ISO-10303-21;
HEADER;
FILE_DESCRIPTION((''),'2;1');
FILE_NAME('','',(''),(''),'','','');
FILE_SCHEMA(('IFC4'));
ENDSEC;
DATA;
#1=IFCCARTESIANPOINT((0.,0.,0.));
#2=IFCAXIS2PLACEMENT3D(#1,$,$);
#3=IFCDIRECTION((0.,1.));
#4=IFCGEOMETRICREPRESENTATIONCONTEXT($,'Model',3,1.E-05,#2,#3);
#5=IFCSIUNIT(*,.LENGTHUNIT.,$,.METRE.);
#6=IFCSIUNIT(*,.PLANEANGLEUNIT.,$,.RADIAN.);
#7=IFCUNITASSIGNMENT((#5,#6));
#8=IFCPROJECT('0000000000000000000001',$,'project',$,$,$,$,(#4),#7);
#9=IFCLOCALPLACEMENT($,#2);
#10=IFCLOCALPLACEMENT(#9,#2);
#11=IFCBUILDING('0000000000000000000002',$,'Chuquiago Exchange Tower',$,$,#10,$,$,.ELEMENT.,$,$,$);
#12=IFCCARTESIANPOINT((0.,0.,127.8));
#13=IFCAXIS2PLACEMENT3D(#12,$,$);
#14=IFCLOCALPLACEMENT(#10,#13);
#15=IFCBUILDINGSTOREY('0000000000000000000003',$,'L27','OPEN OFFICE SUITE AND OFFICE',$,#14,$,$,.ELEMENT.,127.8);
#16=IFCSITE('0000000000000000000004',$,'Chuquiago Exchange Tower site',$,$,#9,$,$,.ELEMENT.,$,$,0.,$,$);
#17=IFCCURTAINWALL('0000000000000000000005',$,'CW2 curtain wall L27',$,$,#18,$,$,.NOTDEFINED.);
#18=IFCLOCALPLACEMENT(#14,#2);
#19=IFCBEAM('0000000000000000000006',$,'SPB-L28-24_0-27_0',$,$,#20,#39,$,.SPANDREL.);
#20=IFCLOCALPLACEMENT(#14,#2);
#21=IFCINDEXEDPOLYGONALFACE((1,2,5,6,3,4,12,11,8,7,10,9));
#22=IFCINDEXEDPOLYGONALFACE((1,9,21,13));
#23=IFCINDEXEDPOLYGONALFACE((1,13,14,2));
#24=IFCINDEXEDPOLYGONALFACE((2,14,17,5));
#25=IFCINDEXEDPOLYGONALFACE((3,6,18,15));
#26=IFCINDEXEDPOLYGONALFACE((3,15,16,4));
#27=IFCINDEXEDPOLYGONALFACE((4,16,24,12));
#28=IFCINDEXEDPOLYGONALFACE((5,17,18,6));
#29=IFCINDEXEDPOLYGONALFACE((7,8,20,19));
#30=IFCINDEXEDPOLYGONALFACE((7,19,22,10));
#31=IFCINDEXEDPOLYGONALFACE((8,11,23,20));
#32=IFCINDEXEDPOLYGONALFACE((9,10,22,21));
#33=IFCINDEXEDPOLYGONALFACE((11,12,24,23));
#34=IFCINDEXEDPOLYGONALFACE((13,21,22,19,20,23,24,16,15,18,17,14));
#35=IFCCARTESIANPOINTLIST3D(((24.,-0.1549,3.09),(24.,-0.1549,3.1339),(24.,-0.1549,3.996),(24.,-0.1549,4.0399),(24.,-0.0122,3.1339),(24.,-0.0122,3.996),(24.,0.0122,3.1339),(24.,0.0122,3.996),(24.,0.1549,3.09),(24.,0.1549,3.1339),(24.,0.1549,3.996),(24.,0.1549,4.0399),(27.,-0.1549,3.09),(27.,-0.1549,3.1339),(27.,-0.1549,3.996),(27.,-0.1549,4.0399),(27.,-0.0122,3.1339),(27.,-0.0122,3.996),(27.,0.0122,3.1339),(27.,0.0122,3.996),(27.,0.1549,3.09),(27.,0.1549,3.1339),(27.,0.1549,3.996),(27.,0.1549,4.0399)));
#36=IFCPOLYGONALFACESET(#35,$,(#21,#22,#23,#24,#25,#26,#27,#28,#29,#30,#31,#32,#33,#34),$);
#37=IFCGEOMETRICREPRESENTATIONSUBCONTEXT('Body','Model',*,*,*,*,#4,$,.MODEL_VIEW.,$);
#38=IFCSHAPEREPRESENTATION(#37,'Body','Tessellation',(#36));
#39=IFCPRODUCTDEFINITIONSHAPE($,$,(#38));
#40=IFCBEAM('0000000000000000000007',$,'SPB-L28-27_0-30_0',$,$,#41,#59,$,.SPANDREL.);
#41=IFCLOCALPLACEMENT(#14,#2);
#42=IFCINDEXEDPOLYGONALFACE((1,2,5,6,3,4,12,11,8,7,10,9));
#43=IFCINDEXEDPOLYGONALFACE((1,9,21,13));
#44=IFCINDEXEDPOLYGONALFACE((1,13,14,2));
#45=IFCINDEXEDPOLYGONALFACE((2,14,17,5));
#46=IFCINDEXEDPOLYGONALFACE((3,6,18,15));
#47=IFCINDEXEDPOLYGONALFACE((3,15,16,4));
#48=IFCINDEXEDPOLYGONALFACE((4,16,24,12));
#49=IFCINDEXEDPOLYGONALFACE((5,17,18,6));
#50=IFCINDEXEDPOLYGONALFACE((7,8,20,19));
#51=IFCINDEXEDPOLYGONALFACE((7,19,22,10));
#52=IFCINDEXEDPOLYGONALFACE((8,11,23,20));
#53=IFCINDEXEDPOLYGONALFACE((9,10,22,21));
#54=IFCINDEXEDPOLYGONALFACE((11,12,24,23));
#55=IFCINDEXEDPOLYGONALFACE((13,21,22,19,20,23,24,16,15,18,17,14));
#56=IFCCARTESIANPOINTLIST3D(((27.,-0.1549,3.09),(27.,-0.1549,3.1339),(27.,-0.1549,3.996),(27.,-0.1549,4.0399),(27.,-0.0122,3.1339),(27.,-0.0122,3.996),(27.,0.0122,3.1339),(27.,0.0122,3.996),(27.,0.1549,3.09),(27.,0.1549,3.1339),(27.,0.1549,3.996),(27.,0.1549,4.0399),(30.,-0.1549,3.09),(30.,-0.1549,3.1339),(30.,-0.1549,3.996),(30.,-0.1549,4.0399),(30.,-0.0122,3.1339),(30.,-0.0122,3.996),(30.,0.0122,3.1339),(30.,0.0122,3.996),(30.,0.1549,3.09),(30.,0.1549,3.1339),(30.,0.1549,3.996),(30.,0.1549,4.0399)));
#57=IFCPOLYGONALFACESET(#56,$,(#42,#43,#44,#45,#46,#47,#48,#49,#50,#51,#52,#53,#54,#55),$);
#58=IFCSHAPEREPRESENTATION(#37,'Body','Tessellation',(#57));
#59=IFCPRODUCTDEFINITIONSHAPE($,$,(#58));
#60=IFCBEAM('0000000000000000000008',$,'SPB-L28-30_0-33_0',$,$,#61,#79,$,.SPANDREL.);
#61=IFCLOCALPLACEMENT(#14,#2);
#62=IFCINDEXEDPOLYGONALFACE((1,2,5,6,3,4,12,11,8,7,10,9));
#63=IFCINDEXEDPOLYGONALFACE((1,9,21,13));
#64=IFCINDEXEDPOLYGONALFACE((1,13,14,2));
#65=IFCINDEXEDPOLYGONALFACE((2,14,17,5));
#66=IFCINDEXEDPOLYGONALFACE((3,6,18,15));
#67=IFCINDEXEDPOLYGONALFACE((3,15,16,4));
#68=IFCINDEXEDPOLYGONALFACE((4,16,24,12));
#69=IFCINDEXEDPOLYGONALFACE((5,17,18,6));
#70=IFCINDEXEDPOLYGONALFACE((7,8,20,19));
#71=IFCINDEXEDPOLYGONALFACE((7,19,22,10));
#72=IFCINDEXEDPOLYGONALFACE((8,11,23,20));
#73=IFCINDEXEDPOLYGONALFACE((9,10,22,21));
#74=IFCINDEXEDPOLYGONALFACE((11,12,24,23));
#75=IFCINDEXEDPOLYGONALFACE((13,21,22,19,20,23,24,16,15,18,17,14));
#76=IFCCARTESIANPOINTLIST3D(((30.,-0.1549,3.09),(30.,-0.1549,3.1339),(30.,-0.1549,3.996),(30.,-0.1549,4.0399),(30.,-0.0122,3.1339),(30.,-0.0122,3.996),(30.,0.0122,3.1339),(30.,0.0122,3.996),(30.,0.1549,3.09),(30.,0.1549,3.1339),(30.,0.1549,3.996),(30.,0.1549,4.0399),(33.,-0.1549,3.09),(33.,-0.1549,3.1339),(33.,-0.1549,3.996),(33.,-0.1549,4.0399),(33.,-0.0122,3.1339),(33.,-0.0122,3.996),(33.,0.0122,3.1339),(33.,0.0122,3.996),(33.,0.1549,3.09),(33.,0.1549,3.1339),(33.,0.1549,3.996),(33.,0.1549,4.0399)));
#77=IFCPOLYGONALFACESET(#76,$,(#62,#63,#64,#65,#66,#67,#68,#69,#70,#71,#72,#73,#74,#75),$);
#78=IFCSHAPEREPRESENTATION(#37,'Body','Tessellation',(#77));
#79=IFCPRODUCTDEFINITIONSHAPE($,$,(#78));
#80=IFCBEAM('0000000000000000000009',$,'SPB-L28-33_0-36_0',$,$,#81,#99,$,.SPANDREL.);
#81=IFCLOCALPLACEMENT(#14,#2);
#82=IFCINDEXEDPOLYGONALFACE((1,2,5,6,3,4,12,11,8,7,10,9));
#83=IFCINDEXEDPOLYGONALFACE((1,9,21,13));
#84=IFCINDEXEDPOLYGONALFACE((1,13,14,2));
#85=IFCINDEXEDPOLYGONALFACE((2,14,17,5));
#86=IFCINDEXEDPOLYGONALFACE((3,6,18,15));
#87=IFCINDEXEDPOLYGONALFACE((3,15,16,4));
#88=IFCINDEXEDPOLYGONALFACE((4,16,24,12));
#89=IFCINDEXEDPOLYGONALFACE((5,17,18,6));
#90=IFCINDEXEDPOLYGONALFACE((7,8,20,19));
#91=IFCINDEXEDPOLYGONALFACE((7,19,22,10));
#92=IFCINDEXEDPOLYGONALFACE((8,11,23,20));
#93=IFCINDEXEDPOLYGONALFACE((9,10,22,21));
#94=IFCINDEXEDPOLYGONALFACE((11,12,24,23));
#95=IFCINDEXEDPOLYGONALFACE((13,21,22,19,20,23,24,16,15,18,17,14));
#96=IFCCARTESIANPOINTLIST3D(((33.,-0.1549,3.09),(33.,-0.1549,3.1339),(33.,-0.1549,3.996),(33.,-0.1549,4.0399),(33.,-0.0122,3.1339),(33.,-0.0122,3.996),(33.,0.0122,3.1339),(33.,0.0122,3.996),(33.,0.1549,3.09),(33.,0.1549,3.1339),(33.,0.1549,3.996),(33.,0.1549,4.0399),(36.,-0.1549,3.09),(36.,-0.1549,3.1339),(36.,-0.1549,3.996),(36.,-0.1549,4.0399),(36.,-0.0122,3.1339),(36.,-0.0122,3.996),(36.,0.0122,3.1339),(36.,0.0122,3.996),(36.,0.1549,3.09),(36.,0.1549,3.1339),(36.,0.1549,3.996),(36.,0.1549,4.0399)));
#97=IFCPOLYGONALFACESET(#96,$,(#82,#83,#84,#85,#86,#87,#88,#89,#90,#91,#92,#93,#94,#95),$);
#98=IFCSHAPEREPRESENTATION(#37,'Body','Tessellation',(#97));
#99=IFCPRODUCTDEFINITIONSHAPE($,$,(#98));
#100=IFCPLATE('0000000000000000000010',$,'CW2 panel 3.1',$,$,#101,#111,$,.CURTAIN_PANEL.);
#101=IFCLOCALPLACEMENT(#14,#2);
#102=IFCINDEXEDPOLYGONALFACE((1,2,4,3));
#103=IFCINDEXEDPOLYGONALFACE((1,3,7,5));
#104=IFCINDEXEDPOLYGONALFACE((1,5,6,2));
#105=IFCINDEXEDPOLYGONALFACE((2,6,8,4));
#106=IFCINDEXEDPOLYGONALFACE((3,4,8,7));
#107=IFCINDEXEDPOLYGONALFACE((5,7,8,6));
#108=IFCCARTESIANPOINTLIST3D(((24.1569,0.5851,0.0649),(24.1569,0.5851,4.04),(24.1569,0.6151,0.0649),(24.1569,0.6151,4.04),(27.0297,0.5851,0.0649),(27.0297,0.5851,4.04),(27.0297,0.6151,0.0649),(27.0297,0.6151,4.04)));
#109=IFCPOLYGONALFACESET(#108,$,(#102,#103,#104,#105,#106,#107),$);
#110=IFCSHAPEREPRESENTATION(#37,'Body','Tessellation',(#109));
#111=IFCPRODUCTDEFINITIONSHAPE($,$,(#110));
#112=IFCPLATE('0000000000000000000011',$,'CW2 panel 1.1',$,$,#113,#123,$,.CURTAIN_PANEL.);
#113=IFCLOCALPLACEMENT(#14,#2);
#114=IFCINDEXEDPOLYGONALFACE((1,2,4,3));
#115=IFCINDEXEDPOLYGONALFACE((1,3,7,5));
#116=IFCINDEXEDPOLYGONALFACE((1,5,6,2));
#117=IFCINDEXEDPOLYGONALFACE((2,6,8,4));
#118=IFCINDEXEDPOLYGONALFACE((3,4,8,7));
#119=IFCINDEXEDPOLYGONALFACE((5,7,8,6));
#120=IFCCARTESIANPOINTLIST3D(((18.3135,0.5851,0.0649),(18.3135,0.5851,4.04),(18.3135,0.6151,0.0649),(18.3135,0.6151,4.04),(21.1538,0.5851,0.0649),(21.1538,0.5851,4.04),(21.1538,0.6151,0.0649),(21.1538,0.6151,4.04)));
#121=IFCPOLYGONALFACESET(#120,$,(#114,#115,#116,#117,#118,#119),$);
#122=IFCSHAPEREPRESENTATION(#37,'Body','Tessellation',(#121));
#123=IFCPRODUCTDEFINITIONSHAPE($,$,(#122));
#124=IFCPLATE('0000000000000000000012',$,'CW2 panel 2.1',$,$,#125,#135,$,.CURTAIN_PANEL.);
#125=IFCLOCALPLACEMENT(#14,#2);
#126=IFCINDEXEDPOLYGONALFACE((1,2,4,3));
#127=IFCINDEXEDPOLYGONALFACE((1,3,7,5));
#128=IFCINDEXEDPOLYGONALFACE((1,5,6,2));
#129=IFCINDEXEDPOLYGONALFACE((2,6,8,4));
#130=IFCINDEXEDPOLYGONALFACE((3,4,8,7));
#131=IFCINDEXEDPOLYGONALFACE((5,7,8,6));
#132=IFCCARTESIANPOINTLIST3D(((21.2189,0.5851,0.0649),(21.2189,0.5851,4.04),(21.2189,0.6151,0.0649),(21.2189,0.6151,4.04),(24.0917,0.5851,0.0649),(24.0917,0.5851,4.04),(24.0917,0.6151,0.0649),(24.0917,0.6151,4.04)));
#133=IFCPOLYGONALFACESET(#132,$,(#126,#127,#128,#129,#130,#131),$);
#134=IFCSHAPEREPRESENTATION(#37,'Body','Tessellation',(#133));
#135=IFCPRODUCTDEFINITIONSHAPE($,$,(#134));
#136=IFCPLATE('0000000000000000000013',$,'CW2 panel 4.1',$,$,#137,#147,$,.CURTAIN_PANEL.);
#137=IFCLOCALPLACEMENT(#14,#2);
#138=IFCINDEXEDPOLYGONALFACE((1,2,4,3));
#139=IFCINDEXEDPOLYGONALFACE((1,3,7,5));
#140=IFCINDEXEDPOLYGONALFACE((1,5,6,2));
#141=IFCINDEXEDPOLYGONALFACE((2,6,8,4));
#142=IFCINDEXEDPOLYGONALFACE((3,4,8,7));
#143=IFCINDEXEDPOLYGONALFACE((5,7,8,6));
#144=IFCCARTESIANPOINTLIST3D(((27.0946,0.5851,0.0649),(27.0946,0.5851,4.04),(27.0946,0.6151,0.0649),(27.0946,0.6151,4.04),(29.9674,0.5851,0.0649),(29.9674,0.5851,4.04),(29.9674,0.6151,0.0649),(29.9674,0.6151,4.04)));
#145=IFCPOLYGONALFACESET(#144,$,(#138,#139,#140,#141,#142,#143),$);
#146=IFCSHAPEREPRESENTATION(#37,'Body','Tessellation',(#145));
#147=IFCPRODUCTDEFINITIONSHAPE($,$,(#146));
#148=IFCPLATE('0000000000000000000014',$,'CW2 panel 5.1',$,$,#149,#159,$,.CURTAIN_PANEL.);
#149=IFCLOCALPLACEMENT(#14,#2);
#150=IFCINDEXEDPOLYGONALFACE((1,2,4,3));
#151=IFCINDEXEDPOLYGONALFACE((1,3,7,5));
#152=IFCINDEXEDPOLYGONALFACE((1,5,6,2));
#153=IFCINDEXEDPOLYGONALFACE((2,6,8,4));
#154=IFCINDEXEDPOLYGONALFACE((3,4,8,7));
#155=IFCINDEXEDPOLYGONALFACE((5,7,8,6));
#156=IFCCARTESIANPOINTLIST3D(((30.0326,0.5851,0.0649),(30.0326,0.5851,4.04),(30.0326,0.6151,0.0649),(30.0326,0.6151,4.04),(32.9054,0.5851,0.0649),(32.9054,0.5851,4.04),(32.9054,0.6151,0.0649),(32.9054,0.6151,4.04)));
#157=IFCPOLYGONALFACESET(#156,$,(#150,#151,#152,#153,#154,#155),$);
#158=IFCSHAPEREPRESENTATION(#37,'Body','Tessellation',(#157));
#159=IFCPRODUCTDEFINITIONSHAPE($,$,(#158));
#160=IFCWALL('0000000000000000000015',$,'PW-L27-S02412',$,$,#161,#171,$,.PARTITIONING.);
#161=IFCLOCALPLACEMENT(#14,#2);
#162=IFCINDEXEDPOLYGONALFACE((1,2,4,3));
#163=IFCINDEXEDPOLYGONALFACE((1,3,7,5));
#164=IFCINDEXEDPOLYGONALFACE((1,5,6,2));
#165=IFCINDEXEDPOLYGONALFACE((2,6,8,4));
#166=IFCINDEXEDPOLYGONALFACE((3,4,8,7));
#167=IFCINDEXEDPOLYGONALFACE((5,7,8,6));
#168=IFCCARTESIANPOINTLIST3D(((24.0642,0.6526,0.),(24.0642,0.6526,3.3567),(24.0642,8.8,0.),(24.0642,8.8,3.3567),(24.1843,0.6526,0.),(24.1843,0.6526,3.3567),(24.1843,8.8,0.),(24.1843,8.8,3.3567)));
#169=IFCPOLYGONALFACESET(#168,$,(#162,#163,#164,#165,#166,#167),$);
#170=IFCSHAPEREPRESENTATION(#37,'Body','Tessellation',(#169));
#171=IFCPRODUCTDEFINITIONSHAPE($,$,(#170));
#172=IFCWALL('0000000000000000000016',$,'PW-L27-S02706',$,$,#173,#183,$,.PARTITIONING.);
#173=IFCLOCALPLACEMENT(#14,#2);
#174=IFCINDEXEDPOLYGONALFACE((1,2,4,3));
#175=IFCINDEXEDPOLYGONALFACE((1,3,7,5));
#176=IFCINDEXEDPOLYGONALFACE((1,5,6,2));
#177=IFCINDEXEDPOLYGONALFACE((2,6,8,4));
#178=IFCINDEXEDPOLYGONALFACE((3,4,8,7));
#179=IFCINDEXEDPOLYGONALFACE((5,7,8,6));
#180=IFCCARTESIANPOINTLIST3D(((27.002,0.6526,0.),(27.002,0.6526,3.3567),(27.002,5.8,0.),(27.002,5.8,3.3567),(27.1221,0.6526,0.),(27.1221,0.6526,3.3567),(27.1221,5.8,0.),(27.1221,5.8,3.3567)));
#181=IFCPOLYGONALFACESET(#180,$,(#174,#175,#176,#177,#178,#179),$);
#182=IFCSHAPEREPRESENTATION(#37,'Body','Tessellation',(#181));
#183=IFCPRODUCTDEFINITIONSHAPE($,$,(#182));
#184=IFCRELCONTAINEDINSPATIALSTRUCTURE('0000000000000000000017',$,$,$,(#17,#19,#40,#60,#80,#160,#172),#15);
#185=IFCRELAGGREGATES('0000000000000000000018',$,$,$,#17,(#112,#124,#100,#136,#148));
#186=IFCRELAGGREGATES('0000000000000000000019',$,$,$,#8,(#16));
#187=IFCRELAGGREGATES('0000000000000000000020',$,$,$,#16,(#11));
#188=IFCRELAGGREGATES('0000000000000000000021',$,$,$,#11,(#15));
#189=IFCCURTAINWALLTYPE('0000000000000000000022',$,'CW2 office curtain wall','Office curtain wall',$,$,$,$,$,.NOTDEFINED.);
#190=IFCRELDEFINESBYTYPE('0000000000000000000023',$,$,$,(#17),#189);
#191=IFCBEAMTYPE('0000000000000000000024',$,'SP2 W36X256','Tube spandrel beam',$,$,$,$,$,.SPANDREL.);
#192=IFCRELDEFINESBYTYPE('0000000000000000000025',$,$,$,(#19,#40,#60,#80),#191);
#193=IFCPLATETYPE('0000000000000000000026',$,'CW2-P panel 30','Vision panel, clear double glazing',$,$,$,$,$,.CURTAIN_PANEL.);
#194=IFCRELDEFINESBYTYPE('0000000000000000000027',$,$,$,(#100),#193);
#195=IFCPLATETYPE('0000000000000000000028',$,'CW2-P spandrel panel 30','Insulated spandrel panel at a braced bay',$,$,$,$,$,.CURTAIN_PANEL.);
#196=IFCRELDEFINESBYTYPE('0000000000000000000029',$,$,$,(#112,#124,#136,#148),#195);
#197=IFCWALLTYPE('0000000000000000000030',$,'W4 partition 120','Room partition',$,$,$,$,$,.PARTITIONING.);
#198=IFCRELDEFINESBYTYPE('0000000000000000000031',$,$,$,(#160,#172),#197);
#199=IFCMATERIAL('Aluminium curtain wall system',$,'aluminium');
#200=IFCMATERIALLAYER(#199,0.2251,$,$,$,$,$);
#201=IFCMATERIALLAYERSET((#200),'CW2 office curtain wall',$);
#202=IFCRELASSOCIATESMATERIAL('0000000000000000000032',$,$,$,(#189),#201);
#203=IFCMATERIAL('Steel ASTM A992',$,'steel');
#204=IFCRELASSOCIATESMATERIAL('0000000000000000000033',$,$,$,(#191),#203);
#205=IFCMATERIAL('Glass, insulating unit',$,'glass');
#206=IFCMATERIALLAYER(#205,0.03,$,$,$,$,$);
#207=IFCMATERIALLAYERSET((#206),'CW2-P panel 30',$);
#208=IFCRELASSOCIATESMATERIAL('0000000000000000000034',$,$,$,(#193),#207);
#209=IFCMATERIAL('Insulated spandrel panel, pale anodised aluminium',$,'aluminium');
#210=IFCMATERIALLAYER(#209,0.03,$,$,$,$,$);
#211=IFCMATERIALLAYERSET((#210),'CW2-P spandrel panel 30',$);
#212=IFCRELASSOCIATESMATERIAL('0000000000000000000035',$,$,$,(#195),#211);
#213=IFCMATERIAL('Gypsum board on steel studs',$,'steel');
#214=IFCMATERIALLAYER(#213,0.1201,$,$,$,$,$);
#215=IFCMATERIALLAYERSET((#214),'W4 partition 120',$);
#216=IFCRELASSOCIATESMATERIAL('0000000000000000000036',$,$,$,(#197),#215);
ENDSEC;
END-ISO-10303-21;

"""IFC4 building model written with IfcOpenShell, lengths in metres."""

from ifc_helpers import new_model, si_unit, direction, frame, frame_2d, origin, origin_2d, place, context, subcontext, project, spatial, rectangle, i_section, extrude, material, layer, layer_set, material_profile, profile_set, type_object, element, aggregate, save


model = new_model("IFC4")

# Units and contexts
model_context = context("Model", 3, precision=1e-05, world=origin(), true_north=direction((0.0, 1.0)))
body_context = subcontext(model_context, "Body", "Model", "MODEL_VIEW")
ifc_project = project(units=[si_unit("LENGTHUNIT", "METRE"), si_unit("PLANEANGLEUNIT", "RADIAN")], contexts=[model_context])

# Site, building, storey
site_placement = place(None, origin())
site = spatial("IfcSite", under=ifc_project, at=site_placement, Name="Chuquiago Exchange Tower site", CompositionType="ELEMENT", RefElevation=0.0)
building_placement = place(site_placement, origin())
building = spatial("IfcBuilding", under=site, at=building_placement, Name="Chuquiago Exchange Tower", CompositionType="ELEMENT")
storey_placement = place(building_placement, frame((0.0, 0.0, 127.8)))
storey = spatial("IfcBuildingStorey", under=building, at=storey_placement, Name="L27", Description="OPEN OFFICE SUITE AND OFFICE", CompositionType="ELEMENT", Elevation=127.8)

# Curtain wall
ifc_material_1 = material(Name="Aluminium curtain wall system", Category="aluminium")
ifc_layer_1 = layer(ifc_material_1, 0.2251)
ifc_layer_set_1 = layer_set([ifc_layer_1], Name="CW2 office curtain wall")
curtain_wall_type_1 = type_object("IfcCurtainWallType", Name="CW2 office curtain wall", Description="Office curtain wall", PredefinedType="NOTDEFINED", material=ifc_layer_set_1)
curtain_wall_1_placement = place(storey_placement, origin())
curtain_wall_1 = element("IfcCurtainWall", 1, at=curtain_wall_1_placement, inside=storey, type_object=curtain_wall_type_1, Name="CW2 curtain wall L27", PredefinedType="NOTDEFINED")

# Beams
ifc_material_2 = material(Name="Steel ASTM A992", Category="steel")
ifc_material_profile_1 = material_profile(ifc_material_2, i_section(OverallWidth=0.3098, OverallDepth=0.95, WebThickness=0.0244, FlangeThickness=0.0439, at=origin_2d()), Name="W36X256")
ifc_profile_set_1 = profile_set([ifc_material_profile_1], Name="Steel ASTM A992")
beam_type = type_object("IfcBeamType", Name="SP2 W36X256", Description="Tube spandrel beam", PredefinedType="SPANDREL", material=ifc_profile_set_1)
for number, where, z_axis, x_axis, name in (
    (2, (24.0, 0.0, 3.5649), (1.0, 0.0, 0.0), (0.0, 1.0, 0.0), "SPB-L28-24_0-27_0"),
    (3, (27.0, 0.0, 3.5649), (1.0, 0.0, 0.0), (0.0, 1.0, 0.0), "SPB-L28-27_0-30_0"),
    (4, (30.0, 0.0, 3.5649), (1.0, 0.0, 0.0), (0.0, 1.0, 0.0), "SPB-L28-30_0-33_0"),
    (5, (33.0, 0.0, 3.5649), (1.0, 0.0, 0.0), (0.0, 1.0, 0.0), "SPB-L28-33_0-36_0"),
):
    element("IfcBeam", number, at=place(storey_placement, frame(where, z_axis=z_axis, x_axis=x_axis)), inside=storey, type_object=beam_type, Name=name, PredefinedType="SPANDREL", context=body_context, shape_type="SweptSolid", body=[
        extrude(i_section(OverallWidth=0.3098, OverallDepth=0.95, WebThickness=0.0244, FlangeThickness=0.0439, at=origin_2d()), origin(), (0.0, 0.0, 1.0), 3.0),
    ])

# Plates
ifc_material_3 = material(Name="Glass, insulating unit", Category="glass")
ifc_layer_2 = layer(ifc_material_3, 0.03)
ifc_layer_set_2 = layer_set([ifc_layer_2], Name="CW2-P panel 30")
plate_type_1 = type_object("IfcPlateType", Name="CW2-P panel 30", Description="Vision panel, clear double glazing", PredefinedType="CURTAIN_PANEL", material=ifc_layer_set_2)
plate_1_placement = place(storey_placement, frame((25.5933, 0.6001, 0.0649), z_axis=(0.0, 0.0, 1.0), x_axis=(1.0, 0.0, 0.0)))
plate_1 = element("IfcPlate", 6, at=plate_1_placement, type_object=plate_type_1, Name="CW2 panel 3.1", PredefinedType="CURTAIN_PANEL", context=body_context, shape_type="SweptSolid", body=[
    extrude(rectangle(XDim=2.8728, YDim=0.03, at=origin_2d()), origin(), (0.0, 0.0, 1.0), 3.9751),
])
ifc_material_4 = material(Name="Insulated spandrel panel, pale anodised aluminium", Category="aluminium")
ifc_layer_3 = layer(ifc_material_4, 0.03)
ifc_layer_set_3 = layer_set([ifc_layer_3], Name="CW2-P spandrel panel 30")
plate_type_2 = type_object("IfcPlateType", Name="CW2-P spandrel panel 30", Description="Insulated spandrel panel at a braced bay", PredefinedType="CURTAIN_PANEL", material=ifc_layer_set_3)
plate_2_placement = place(storey_placement, frame((19.7336, 0.6001, 0.0649), z_axis=(0.0, 0.0, 1.0), x_axis=(1.0, 0.0, 0.0)))
plate_2 = element("IfcPlate", 7, at=plate_2_placement, type_object=plate_type_2, Name="CW2 panel 1.1", PredefinedType="CURTAIN_PANEL", context=body_context, shape_type="SweptSolid", body=[
    extrude(rectangle(XDim=2.8403, YDim=0.03, at=origin_2d()), origin(), (0.0, 0.0, 1.0), 3.9751),
])
plate_3_placement = place(storey_placement, frame((22.6553, 0.6001, 0.0649), z_axis=(0.0, 0.0, 1.0), x_axis=(1.0, 0.0, 0.0)))
plate_3 = element("IfcPlate", 8, at=plate_3_placement, type_object=plate_type_2, Name="CW2 panel 2.1", PredefinedType="CURTAIN_PANEL", context=body_context, shape_type="SweptSolid", body=[
    extrude(rectangle(XDim=2.8728, YDim=0.03, at=origin_2d()), origin(), (0.0, 0.0, 1.0), 3.9751),
])
plate_4_placement = place(storey_placement, frame((28.531, 0.6001, 0.0649), z_axis=(0.0, 0.0, 1.0), x_axis=(1.0, 0.0, 0.0)))
plate_4 = element("IfcPlate", 9, at=plate_4_placement, type_object=plate_type_2, Name="CW2 panel 4.1", PredefinedType="CURTAIN_PANEL", context=body_context, shape_type="SweptSolid", body=[
    extrude(rectangle(XDim=2.8728, YDim=0.03, at=origin_2d()), origin(), (0.0, 0.0, 1.0), 3.9751),
])
plate_5_placement = place(storey_placement, frame((31.469, 0.6001, 0.0649), z_axis=(0.0, 0.0, 1.0), x_axis=(1.0, 0.0, 0.0)))
plate_5 = element("IfcPlate", 10, at=plate_5_placement, type_object=plate_type_2, Name="CW2 panel 5.1", PredefinedType="CURTAIN_PANEL", context=body_context, shape_type="SweptSolid", body=[
    extrude(rectangle(XDim=2.8728, YDim=0.03, at=origin_2d()), origin(), (0.0, 0.0, 1.0), 3.9751),
])
aggregate(curtain_wall_1, [plate_2, plate_3, plate_1, plate_4, plate_5])

# Walls
ifc_material_5 = material(Name="Gypsum board on steel studs", Category="steel")
ifc_layer_4 = layer(ifc_material_5, 0.1201)
ifc_layer_set_4 = layer_set([ifc_layer_4], Name="W4 partition 120")
wall_type = type_object("IfcWallType", Name="W4 partition 120", Description="Room partition", PredefinedType="PARTITIONING", material=ifc_layer_set_4)
wall_1_placement = place(storey_placement, frame((24.1243, 0.6526, 0.0), z_axis=(0.0, 0.0, 1.0), x_axis=(0.0, 1.0, 0.0)))
element("IfcWall", 11, at=wall_1_placement, inside=storey, type_object=wall_type, Name="PW-L27-S02412", PredefinedType="PARTITIONING", context=body_context, shape_type="SweptSolid", body=[
    extrude(rectangle(XDim=8.1475, YDim=0.1201, at=frame_2d((4.0737, 0.0))), origin(), (0.0, 0.0, 1.0), 3.3567),
])
wall_2_placement = place(storey_placement, frame((27.062, 0.6526, 0.0), z_axis=(0.0, 0.0, 1.0), x_axis=(0.0, 1.0, 0.0)))
element("IfcWall", 12, at=wall_2_placement, inside=storey, type_object=wall_type, Name="PW-L27-S02706", PredefinedType="PARTITIONING", context=body_context, shape_type="SweptSolid", body=[
    extrude(rectangle(XDim=5.1475, YDim=0.1201, at=frame_2d((2.5737, 0.0))), origin(), (0.0, 0.0, 1.0), 3.3567),
])

save(model, "model.ifc")
